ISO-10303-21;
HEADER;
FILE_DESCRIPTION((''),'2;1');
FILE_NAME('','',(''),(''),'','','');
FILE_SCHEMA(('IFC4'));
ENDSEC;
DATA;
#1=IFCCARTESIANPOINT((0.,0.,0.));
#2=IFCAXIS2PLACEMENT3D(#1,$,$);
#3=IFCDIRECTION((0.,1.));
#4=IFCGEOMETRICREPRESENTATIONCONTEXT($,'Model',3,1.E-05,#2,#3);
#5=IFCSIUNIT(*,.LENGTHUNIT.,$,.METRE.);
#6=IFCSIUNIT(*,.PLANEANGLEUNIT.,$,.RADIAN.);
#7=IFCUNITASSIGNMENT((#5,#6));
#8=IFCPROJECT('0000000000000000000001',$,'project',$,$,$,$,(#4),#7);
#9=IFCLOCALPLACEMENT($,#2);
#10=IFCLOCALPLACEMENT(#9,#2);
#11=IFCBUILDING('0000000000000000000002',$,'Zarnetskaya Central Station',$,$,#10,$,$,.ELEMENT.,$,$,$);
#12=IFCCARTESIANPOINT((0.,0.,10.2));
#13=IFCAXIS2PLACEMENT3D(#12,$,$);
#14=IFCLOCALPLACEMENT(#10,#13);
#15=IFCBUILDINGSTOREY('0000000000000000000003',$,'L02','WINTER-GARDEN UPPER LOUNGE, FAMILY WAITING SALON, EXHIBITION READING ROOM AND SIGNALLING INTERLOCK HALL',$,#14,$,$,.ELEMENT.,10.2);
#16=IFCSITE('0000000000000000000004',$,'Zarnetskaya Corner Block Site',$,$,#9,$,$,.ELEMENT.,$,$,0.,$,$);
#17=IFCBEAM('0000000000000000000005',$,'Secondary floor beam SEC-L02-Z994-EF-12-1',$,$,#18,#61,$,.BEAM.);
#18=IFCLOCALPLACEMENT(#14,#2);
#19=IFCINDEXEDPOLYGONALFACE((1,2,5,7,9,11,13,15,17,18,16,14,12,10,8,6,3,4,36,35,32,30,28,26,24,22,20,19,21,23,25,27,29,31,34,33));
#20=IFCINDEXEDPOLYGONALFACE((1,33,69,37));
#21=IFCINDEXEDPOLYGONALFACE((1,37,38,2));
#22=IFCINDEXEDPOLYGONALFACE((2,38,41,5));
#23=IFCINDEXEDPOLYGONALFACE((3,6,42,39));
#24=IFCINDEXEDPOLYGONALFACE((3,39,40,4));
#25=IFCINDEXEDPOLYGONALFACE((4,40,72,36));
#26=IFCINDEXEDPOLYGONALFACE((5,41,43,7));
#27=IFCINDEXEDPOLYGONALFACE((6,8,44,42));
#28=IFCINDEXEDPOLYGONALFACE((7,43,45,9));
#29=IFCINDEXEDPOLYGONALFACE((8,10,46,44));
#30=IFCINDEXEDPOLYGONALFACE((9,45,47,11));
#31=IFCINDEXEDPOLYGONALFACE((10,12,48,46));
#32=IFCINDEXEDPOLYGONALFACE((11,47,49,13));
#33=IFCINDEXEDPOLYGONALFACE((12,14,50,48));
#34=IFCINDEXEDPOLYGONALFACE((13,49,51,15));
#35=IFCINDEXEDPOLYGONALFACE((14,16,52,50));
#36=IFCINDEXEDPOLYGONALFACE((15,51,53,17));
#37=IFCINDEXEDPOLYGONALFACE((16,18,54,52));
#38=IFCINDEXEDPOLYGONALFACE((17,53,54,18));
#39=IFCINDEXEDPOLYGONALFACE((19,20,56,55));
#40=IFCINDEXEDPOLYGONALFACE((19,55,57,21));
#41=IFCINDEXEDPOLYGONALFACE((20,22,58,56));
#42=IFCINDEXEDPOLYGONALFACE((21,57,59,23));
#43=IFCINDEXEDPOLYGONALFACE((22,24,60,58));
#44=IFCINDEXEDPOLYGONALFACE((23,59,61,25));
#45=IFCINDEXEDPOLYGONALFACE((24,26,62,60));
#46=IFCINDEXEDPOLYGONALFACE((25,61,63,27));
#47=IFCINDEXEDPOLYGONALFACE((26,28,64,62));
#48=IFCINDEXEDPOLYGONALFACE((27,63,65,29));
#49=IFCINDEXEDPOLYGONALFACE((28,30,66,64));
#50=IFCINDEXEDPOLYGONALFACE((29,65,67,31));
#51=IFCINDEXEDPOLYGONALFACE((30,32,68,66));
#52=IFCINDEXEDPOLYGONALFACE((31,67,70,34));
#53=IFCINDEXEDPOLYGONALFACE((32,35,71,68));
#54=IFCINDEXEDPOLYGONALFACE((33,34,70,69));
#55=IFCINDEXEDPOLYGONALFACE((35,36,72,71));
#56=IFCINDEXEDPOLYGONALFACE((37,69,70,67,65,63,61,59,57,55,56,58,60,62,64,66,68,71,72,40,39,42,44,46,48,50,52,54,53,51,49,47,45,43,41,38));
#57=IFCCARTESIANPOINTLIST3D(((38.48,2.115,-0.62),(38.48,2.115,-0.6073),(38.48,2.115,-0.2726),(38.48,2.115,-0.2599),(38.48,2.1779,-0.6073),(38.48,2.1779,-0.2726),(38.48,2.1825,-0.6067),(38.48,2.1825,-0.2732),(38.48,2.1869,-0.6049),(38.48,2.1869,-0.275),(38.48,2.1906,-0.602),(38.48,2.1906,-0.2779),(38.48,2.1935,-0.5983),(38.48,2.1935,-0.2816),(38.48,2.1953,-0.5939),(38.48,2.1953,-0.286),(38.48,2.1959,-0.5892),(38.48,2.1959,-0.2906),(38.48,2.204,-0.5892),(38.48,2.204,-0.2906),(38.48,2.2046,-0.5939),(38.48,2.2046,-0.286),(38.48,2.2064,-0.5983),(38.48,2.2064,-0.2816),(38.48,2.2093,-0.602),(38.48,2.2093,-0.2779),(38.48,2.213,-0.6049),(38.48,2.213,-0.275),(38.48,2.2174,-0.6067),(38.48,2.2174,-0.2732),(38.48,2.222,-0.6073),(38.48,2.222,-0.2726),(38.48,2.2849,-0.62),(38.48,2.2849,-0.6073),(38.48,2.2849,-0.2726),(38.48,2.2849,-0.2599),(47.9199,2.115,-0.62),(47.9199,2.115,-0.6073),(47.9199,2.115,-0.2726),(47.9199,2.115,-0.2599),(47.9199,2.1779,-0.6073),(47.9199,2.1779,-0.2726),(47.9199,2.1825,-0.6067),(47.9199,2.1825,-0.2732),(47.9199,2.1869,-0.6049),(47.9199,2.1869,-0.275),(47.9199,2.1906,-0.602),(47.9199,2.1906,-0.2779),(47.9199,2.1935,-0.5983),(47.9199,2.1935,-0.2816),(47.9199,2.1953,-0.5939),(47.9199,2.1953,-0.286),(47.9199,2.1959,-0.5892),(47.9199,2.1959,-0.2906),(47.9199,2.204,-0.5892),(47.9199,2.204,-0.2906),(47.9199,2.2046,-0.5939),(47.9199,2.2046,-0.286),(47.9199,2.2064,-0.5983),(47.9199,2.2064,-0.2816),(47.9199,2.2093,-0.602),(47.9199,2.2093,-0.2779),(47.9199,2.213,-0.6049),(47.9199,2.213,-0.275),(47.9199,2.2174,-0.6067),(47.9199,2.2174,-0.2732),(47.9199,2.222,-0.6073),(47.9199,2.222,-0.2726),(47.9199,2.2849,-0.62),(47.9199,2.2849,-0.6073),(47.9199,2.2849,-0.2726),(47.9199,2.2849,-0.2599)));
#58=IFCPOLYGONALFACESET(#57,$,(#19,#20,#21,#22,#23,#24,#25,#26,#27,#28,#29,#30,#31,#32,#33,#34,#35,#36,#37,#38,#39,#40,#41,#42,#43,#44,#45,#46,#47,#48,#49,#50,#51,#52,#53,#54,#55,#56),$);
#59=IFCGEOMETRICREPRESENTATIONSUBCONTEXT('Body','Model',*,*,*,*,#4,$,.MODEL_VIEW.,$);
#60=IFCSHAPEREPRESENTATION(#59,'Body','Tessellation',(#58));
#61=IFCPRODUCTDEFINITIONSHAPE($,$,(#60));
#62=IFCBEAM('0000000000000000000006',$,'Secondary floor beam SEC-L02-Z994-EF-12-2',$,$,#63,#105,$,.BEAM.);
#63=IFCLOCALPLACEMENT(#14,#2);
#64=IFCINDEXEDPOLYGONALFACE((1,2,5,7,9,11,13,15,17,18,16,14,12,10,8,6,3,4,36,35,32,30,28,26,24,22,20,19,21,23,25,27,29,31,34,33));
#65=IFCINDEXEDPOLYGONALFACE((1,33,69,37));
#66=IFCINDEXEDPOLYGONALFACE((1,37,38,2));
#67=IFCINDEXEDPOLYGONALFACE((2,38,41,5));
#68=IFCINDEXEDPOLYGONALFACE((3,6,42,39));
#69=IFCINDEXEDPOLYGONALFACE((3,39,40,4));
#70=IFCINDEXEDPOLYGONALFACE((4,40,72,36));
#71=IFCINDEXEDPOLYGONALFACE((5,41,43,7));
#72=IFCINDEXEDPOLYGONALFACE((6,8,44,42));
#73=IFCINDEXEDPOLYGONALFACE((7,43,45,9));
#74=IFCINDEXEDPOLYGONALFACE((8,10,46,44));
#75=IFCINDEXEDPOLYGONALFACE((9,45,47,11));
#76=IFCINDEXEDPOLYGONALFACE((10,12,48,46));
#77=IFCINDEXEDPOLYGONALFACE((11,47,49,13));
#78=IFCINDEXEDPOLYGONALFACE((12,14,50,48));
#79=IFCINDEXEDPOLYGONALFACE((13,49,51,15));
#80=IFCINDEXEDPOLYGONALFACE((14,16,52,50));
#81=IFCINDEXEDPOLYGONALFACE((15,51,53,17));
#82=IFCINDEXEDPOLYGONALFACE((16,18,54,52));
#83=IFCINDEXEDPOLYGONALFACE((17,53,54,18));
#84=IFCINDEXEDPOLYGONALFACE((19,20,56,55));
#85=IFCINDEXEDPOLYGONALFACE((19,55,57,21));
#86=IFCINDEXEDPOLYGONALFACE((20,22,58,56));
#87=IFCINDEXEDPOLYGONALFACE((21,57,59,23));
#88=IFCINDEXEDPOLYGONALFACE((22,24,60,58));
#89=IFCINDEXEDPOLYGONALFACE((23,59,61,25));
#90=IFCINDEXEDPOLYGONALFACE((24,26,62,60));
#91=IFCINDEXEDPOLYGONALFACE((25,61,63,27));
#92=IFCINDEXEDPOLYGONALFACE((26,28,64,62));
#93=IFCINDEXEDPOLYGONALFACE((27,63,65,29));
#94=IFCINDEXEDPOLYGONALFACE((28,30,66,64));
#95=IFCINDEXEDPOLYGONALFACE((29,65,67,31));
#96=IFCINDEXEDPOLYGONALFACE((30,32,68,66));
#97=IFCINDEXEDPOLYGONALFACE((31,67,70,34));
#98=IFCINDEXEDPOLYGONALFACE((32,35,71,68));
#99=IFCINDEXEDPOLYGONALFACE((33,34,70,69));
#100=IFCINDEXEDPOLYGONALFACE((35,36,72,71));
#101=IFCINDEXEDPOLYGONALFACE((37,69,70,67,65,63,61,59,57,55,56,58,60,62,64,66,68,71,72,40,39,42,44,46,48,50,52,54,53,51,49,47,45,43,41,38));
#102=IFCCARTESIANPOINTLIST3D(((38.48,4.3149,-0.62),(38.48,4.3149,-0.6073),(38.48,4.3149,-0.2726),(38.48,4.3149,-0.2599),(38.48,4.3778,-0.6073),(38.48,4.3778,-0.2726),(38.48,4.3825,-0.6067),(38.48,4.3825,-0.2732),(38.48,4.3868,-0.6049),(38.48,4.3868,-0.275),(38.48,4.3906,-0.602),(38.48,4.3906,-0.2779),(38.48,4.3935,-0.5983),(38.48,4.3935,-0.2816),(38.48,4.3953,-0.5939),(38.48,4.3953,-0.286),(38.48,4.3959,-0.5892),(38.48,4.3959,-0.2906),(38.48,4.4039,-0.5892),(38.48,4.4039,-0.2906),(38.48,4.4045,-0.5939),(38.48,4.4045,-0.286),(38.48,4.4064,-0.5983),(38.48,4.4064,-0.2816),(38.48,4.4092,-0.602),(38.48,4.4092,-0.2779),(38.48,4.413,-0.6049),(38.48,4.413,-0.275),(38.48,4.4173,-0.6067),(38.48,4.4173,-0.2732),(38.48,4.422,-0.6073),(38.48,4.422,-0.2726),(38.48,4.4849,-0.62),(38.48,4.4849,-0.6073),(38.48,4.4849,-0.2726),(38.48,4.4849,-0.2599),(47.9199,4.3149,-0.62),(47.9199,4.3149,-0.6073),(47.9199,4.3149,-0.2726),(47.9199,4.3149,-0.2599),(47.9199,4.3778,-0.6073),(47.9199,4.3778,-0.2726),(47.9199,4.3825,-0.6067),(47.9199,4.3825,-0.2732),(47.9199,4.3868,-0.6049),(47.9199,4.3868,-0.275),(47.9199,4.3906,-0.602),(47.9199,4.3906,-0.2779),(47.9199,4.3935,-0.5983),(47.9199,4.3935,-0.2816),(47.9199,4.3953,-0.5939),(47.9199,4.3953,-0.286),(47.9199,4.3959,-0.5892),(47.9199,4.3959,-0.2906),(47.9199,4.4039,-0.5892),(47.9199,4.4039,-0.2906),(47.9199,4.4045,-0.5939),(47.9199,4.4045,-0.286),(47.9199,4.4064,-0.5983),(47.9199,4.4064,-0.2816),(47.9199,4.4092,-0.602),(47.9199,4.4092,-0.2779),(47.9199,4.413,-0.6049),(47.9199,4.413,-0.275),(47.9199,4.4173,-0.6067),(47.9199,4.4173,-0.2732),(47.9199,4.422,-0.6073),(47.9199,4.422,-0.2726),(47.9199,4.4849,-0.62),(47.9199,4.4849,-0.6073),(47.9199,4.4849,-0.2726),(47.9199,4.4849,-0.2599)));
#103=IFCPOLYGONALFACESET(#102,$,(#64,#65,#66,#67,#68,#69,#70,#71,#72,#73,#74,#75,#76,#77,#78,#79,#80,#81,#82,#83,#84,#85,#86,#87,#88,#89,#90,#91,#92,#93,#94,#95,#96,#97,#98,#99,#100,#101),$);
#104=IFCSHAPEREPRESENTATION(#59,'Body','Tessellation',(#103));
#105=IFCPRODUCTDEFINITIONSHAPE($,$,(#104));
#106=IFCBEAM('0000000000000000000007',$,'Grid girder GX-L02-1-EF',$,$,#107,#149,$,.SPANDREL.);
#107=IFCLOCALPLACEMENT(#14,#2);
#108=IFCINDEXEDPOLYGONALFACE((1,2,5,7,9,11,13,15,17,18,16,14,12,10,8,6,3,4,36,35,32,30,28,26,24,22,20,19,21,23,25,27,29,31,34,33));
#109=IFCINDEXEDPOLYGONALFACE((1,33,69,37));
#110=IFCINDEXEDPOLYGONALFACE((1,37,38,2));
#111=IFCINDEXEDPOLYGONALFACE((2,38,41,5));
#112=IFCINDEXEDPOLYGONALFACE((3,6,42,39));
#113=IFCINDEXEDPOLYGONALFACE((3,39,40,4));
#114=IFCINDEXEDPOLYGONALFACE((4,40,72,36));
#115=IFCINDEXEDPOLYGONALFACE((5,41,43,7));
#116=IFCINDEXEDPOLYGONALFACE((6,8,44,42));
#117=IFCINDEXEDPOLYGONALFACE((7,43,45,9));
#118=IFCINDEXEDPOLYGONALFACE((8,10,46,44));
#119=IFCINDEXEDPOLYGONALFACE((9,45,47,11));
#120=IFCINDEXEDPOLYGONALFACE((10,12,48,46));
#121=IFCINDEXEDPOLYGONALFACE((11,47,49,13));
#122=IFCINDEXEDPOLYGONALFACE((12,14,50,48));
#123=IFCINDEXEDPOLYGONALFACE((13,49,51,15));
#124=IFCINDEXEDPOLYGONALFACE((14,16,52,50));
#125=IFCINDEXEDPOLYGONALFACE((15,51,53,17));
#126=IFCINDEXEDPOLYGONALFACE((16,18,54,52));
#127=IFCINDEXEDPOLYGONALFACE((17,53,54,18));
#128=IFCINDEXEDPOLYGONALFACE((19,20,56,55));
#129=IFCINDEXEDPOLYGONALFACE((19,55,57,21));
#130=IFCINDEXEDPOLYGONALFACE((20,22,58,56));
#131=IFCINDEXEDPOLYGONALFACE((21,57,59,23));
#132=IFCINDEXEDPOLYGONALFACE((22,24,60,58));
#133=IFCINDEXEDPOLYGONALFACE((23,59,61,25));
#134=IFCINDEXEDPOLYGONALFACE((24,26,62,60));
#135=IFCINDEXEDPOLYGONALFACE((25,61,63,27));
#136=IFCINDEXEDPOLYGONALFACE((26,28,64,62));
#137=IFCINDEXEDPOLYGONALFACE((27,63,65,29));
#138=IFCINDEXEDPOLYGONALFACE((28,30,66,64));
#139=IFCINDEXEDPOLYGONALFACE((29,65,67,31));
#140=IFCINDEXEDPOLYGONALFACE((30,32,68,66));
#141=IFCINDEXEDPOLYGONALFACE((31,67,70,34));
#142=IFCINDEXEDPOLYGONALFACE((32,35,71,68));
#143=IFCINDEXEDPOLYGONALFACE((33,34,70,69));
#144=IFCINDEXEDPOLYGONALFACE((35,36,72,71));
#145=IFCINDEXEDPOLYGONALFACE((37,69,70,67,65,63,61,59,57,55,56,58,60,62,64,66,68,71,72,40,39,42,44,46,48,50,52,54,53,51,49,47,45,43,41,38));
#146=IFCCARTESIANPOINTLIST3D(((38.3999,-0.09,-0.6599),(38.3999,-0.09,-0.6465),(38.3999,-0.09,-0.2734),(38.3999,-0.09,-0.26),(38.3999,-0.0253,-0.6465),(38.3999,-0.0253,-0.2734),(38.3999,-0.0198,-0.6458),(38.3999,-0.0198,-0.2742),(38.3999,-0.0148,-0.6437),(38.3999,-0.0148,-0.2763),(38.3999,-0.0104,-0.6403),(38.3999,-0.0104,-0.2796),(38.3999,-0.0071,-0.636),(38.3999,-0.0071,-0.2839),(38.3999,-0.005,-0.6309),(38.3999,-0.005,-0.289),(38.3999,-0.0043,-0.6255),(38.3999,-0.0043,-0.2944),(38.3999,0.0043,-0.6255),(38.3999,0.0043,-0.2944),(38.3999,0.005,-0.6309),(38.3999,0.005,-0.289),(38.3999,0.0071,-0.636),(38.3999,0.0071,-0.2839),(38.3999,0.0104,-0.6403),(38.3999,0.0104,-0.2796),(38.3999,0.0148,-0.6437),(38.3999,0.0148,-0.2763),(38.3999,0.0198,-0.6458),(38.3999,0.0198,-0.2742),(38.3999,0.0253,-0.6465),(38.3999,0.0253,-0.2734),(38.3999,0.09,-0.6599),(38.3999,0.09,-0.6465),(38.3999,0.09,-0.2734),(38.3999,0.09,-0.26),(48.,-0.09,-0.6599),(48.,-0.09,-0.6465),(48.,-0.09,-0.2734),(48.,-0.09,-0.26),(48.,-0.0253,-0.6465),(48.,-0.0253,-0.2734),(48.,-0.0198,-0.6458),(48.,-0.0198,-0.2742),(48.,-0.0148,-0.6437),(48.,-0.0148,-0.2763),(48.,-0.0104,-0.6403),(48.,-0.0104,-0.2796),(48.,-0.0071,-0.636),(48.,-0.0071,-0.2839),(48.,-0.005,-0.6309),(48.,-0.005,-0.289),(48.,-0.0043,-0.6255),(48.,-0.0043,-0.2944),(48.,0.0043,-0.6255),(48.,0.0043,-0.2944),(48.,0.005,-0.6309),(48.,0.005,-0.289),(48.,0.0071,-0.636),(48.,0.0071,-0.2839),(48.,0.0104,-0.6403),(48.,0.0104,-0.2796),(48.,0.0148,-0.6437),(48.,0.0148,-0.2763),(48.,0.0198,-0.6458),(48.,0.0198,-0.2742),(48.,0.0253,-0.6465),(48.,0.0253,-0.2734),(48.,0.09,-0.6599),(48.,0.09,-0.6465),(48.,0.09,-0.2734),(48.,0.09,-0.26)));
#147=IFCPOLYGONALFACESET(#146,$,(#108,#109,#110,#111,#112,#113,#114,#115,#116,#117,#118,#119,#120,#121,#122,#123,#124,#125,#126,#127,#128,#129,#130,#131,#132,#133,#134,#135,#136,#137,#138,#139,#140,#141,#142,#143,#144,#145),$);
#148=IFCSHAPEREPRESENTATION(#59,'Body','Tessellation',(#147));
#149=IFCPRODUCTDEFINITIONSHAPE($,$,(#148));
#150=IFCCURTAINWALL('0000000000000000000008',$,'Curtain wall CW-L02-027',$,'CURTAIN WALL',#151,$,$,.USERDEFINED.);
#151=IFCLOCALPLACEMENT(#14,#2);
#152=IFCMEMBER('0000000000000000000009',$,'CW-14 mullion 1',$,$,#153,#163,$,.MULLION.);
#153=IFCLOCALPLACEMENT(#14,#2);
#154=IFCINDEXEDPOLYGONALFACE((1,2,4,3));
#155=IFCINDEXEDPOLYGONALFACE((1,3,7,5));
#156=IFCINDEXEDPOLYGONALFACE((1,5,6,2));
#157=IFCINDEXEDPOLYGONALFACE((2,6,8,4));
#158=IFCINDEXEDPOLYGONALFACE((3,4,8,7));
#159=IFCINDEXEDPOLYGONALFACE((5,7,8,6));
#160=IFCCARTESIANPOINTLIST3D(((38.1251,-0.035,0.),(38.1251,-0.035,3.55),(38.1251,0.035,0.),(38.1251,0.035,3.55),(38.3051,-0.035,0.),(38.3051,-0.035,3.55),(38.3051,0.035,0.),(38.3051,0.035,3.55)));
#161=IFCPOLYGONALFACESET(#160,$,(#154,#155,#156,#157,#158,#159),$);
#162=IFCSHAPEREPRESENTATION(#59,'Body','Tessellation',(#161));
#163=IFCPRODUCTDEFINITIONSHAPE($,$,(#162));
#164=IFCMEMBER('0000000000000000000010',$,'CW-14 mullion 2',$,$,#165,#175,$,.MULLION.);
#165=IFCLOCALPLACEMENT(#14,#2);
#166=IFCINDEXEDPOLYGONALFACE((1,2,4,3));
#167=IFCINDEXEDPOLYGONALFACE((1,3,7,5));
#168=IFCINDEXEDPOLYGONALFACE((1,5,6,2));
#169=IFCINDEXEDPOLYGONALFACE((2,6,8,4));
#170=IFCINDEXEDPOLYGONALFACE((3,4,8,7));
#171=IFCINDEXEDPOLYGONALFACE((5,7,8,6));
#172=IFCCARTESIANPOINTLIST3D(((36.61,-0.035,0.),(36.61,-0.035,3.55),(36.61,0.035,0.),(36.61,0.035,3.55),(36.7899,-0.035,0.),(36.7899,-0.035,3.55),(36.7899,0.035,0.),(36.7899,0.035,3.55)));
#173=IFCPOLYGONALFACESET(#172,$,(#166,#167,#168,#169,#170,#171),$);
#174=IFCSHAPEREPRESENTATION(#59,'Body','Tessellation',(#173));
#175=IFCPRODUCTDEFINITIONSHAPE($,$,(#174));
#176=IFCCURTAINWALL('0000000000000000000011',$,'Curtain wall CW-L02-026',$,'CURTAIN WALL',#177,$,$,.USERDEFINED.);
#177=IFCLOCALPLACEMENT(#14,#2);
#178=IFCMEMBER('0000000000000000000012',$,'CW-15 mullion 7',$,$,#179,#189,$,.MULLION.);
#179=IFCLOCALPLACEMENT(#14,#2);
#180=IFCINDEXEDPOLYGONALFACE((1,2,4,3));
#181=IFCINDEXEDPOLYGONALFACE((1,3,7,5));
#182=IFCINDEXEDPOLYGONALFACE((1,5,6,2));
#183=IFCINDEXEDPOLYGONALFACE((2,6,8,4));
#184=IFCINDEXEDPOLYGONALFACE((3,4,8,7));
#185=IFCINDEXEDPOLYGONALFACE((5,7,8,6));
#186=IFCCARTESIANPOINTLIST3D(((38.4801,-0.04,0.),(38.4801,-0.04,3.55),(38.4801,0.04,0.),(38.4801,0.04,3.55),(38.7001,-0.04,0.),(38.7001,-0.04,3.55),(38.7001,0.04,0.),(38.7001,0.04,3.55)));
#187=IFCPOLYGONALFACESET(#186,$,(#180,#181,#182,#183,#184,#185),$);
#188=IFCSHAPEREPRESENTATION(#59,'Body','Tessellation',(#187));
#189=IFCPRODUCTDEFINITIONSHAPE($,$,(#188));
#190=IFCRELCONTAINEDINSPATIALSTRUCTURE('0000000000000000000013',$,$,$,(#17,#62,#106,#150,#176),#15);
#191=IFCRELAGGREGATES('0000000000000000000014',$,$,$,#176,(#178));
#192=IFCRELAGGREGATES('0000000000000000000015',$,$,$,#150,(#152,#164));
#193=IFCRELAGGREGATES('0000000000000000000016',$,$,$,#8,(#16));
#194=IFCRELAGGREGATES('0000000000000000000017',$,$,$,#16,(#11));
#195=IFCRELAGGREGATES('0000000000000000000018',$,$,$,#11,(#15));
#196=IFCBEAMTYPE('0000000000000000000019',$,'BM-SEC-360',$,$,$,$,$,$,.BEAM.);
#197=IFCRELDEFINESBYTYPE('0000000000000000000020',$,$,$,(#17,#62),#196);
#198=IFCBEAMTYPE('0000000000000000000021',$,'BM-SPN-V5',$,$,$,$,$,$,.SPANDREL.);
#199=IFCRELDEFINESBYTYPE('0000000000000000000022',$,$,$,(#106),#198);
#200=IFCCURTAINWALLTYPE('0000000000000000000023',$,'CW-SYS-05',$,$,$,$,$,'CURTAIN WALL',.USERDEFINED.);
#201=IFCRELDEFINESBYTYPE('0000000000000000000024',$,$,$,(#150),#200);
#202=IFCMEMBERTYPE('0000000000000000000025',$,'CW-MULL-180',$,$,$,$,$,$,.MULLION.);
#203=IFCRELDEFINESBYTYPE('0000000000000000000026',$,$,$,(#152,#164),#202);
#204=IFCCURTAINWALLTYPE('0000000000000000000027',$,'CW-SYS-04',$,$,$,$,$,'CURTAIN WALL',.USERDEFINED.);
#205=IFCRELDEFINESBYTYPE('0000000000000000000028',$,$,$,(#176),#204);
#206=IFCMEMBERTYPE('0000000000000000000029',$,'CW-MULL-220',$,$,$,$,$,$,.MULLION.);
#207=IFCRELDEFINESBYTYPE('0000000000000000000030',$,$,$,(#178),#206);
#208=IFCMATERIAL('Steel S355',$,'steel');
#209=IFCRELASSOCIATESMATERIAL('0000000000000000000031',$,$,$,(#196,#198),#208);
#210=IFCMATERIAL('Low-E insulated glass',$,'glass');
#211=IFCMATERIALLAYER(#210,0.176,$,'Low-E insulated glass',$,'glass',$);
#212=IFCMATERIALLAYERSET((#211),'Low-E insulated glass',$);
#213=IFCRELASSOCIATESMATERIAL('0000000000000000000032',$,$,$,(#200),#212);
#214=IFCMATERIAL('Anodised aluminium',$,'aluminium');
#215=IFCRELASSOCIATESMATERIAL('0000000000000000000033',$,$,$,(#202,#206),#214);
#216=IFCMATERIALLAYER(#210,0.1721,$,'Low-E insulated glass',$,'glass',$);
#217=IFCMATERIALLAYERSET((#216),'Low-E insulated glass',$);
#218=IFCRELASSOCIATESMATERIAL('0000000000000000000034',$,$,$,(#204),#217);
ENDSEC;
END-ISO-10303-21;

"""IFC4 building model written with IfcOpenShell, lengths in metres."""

from ifc_helpers import new_model, si_unit, direction, frame, origin, origin_2d, place, context, subcontext, project, spatial, rectangle, i_section, extrude, material, layer, layer_set, material_profile, profile_set, type_object, element, aggregate, save


model = new_model("IFC4")

# Units and contexts
model_context = context("Model", 3, precision=1e-05, world=origin(), true_north=direction((0.0, 1.0)))
body_context = subcontext(model_context, "Body", "Model", "MODEL_VIEW")
ifc_project = project(units=[si_unit("LENGTHUNIT", "METRE"), si_unit("PLANEANGLEUNIT", "RADIAN")], contexts=[model_context])

# Site, building, storey
site_placement = place(None, origin())
site = spatial("IfcSite", under=ifc_project, at=site_placement, Name="Zarnetskaya Corner Block Site", CompositionType="ELEMENT", RefElevation=0.0)
building_placement = place(site_placement, origin())
building = spatial("IfcBuilding", under=site, at=building_placement, Name="Zarnetskaya Central Station", CompositionType="ELEMENT")
storey_placement = place(building_placement, frame((0.0, 0.0, 10.2)))
storey = spatial("IfcBuildingStorey", under=building, at=storey_placement, Name="L02", Description="WINTER-GARDEN UPPER LOUNGE, FAMILY WAITING SALON, EXHIBITION READING ROOM AND SIGNALLING INTERLOCK HALL", CompositionType="ELEMENT", Elevation=10.2)

# Shared definitions
ifc_material_1 = material(Name="Steel S355", Category="steel")

# Beams
ifc_material_profile_1 = material_profile(ifc_material_1, i_section(OverallWidth=0.1699, OverallDepth=0.3601, WebThickness=0.0081, FlangeThickness=0.0127, FilletRadius=0.0181, at=origin_2d()), Name="IPE 360")
ifc_profile_set_1 = profile_set([ifc_material_profile_1], Name="Steel S355")
beam_type_1 = type_object("IfcBeamType", Name="BM-SEC-360", PredefinedType="BEAM", material=ifc_profile_set_1)
for number, where, z_axis, x_axis, name in (
    (1, (38.48, 2.2, -0.4399), (1.0, 0.0, 0.0), (0.0, 1.0, 0.0), "Secondary floor beam SEC-L02-Z994-EF-12-1"),
    (2, (38.48, 4.3999, -0.4399), (1.0, 0.0, 0.0), (0.0, 1.0, 0.0), "Secondary floor beam SEC-L02-Z994-EF-12-2"),
):
    element("IfcBeam", number, at=place(storey_placement, frame(where, z_axis=z_axis, x_axis=x_axis)), inside=storey, type_object=beam_type_1, Name=name, PredefinedType="BEAM", context=body_context, shape_type="SweptSolid", body=[
        extrude(i_section(OverallWidth=0.1699, OverallDepth=0.3601, WebThickness=0.0081, FlangeThickness=0.0127, FilletRadius=0.0181, at=origin_2d()), origin(), (0.0, 0.0, 1.0), 9.4399),
    ])
ifc_material_profile_2 = material_profile(ifc_material_1, i_section(OverallWidth=0.1799, OverallDepth=0.3999, WebThickness=0.0085, FlangeThickness=0.0134, FilletRadius=0.021, at=origin_2d()), Name="IPE 400")
ifc_profile_set_2 = profile_set([ifc_material_profile_2], Name="Steel S355")
beam_type_2 = type_object("IfcBeamType", Name="BM-SPN-V5", PredefinedType="SPANDREL", material=ifc_profile_set_2)
beam_1_placement = place(storey_placement, frame((38.3999, 0.0, -0.46), z_axis=(1.0, 0.0, 0.0), x_axis=(0.0, 1.0, 0.0)))
element("IfcBeam", 3, at=beam_1_placement, inside=storey, type_object=beam_type_2, Name="Grid girder GX-L02-1-EF", PredefinedType="SPANDREL", context=body_context, shape_type="SweptSolid", body=[
    extrude(i_section(OverallWidth=0.1799, OverallDepth=0.3999, WebThickness=0.0085, FlangeThickness=0.0134, FilletRadius=0.021, at=origin_2d()), origin(), (0.0, 0.0, 1.0), 9.6001),
])

# Curtain wall, members
ifc_material_2 = material(Name="Low-E insulated glass", Category="glass")
ifc_layer_1 = layer(ifc_material_2, 0.176, Name="Low-E insulated glass", Category="glass")
ifc_layer_set_1 = layer_set([ifc_layer_1], Name="Low-E insulated glass")
curtain_wall_type_1 = type_object("IfcCurtainWallType", Name="CW-SYS-05", ElementType="CURTAIN WALL", PredefinedType="USERDEFINED", material=ifc_layer_set_1)
curtain_wall_1_placement = place(storey_placement, origin())
curtain_wall_1 = element("IfcCurtainWall", 4, at=curtain_wall_1_placement, inside=storey, type_object=curtain_wall_type_1, Name="Curtain wall CW-L02-027", ObjectType="CURTAIN WALL", PredefinedType="USERDEFINED")
ifc_material_3 = material(Name="Anodised aluminium", Category="aluminium")
ifc_material_profile_3 = material_profile(ifc_material_3, rectangle(XDim=0.0701, YDim=0.1799, at=origin_2d()), Name="ALU MULL 70x180")
ifc_profile_set_3 = profile_set([ifc_material_profile_3], Name="Anodised aluminium")
member_type_1 = type_object("IfcMemberType", Name="CW-MULL-180", PredefinedType="MULLION", material=ifc_profile_set_3)
member_1_placement = place(storey_placement, frame((38.2151, 0.0, 0.0), z_axis=(0.0, 0.0, 1.0), x_axis=(0.0, -1.0, 0.0)))
member_1 = element("IfcMember", 5, at=member_1_placement, type_object=member_type_1, Name="CW-14 mullion 1", PredefinedType="MULLION", context=body_context, shape_type="SweptSolid", body=[
    extrude(rectangle(XDim=0.0701, YDim=0.1799, at=origin_2d()), origin(), (0.0, 0.0, 1.0), 3.55),
])
member_2_placement = place(storey_placement, frame((36.7, 0.0, 0.0), z_axis=(0.0, 0.0, 1.0), x_axis=(0.0, -1.0, 0.0)))
member_2 = element("IfcMember", 6, at=member_2_placement, type_object=member_type_1, Name="CW-14 mullion 2", PredefinedType="MULLION", context=body_context, shape_type="SweptSolid", body=[
    extrude(rectangle(XDim=0.0701, YDim=0.1799, at=origin_2d()), origin(), (0.0, 0.0, 1.0), 3.55),
])

# Curtain wall, member
ifc_layer_2 = layer(ifc_material_2, 0.1721, Name="Low-E insulated glass", Category="glass")
ifc_layer_set_2 = layer_set([ifc_layer_2], Name="Low-E insulated glass")
curtain_wall_type_2 = type_object("IfcCurtainWallType", Name="CW-SYS-04", ElementType="CURTAIN WALL", PredefinedType="USERDEFINED", material=ifc_layer_set_2)
curtain_wall_2_placement = place(storey_placement, origin())
curtain_wall_2 = element("IfcCurtainWall", 7, at=curtain_wall_2_placement, inside=storey, type_object=curtain_wall_type_2, Name="Curtain wall CW-L02-026", ObjectType="CURTAIN WALL", PredefinedType="USERDEFINED")
ifc_material_profile_4 = material_profile(ifc_material_3, rectangle(XDim=0.0801, YDim=0.22, at=origin_2d()), Name="ALU MULL 80x220")
ifc_profile_set_4 = profile_set([ifc_material_profile_4], Name="Anodised aluminium")
member_type_2 = type_object("IfcMemberType", Name="CW-MULL-220", PredefinedType="MULLION", material=ifc_profile_set_4)
member_3_placement = place(storey_placement, frame((38.5901, 0.0, 0.0), z_axis=(0.0, 0.0, 1.0), x_axis=(0.0, -1.0, 0.0)))
member_3 = element("IfcMember", 8, at=member_3_placement, type_object=member_type_2, Name="CW-15 mullion 7", PredefinedType="MULLION", context=body_context, shape_type="SweptSolid", body=[
    extrude(rectangle(XDim=0.0801, YDim=0.22, at=origin_2d()), origin(), (0.0, 0.0, 1.0), 3.55),
])
aggregate(curtain_wall_2, [member_3])

aggregate(curtain_wall_1, [member_1, member_2])

save(model, "model.ifc")
